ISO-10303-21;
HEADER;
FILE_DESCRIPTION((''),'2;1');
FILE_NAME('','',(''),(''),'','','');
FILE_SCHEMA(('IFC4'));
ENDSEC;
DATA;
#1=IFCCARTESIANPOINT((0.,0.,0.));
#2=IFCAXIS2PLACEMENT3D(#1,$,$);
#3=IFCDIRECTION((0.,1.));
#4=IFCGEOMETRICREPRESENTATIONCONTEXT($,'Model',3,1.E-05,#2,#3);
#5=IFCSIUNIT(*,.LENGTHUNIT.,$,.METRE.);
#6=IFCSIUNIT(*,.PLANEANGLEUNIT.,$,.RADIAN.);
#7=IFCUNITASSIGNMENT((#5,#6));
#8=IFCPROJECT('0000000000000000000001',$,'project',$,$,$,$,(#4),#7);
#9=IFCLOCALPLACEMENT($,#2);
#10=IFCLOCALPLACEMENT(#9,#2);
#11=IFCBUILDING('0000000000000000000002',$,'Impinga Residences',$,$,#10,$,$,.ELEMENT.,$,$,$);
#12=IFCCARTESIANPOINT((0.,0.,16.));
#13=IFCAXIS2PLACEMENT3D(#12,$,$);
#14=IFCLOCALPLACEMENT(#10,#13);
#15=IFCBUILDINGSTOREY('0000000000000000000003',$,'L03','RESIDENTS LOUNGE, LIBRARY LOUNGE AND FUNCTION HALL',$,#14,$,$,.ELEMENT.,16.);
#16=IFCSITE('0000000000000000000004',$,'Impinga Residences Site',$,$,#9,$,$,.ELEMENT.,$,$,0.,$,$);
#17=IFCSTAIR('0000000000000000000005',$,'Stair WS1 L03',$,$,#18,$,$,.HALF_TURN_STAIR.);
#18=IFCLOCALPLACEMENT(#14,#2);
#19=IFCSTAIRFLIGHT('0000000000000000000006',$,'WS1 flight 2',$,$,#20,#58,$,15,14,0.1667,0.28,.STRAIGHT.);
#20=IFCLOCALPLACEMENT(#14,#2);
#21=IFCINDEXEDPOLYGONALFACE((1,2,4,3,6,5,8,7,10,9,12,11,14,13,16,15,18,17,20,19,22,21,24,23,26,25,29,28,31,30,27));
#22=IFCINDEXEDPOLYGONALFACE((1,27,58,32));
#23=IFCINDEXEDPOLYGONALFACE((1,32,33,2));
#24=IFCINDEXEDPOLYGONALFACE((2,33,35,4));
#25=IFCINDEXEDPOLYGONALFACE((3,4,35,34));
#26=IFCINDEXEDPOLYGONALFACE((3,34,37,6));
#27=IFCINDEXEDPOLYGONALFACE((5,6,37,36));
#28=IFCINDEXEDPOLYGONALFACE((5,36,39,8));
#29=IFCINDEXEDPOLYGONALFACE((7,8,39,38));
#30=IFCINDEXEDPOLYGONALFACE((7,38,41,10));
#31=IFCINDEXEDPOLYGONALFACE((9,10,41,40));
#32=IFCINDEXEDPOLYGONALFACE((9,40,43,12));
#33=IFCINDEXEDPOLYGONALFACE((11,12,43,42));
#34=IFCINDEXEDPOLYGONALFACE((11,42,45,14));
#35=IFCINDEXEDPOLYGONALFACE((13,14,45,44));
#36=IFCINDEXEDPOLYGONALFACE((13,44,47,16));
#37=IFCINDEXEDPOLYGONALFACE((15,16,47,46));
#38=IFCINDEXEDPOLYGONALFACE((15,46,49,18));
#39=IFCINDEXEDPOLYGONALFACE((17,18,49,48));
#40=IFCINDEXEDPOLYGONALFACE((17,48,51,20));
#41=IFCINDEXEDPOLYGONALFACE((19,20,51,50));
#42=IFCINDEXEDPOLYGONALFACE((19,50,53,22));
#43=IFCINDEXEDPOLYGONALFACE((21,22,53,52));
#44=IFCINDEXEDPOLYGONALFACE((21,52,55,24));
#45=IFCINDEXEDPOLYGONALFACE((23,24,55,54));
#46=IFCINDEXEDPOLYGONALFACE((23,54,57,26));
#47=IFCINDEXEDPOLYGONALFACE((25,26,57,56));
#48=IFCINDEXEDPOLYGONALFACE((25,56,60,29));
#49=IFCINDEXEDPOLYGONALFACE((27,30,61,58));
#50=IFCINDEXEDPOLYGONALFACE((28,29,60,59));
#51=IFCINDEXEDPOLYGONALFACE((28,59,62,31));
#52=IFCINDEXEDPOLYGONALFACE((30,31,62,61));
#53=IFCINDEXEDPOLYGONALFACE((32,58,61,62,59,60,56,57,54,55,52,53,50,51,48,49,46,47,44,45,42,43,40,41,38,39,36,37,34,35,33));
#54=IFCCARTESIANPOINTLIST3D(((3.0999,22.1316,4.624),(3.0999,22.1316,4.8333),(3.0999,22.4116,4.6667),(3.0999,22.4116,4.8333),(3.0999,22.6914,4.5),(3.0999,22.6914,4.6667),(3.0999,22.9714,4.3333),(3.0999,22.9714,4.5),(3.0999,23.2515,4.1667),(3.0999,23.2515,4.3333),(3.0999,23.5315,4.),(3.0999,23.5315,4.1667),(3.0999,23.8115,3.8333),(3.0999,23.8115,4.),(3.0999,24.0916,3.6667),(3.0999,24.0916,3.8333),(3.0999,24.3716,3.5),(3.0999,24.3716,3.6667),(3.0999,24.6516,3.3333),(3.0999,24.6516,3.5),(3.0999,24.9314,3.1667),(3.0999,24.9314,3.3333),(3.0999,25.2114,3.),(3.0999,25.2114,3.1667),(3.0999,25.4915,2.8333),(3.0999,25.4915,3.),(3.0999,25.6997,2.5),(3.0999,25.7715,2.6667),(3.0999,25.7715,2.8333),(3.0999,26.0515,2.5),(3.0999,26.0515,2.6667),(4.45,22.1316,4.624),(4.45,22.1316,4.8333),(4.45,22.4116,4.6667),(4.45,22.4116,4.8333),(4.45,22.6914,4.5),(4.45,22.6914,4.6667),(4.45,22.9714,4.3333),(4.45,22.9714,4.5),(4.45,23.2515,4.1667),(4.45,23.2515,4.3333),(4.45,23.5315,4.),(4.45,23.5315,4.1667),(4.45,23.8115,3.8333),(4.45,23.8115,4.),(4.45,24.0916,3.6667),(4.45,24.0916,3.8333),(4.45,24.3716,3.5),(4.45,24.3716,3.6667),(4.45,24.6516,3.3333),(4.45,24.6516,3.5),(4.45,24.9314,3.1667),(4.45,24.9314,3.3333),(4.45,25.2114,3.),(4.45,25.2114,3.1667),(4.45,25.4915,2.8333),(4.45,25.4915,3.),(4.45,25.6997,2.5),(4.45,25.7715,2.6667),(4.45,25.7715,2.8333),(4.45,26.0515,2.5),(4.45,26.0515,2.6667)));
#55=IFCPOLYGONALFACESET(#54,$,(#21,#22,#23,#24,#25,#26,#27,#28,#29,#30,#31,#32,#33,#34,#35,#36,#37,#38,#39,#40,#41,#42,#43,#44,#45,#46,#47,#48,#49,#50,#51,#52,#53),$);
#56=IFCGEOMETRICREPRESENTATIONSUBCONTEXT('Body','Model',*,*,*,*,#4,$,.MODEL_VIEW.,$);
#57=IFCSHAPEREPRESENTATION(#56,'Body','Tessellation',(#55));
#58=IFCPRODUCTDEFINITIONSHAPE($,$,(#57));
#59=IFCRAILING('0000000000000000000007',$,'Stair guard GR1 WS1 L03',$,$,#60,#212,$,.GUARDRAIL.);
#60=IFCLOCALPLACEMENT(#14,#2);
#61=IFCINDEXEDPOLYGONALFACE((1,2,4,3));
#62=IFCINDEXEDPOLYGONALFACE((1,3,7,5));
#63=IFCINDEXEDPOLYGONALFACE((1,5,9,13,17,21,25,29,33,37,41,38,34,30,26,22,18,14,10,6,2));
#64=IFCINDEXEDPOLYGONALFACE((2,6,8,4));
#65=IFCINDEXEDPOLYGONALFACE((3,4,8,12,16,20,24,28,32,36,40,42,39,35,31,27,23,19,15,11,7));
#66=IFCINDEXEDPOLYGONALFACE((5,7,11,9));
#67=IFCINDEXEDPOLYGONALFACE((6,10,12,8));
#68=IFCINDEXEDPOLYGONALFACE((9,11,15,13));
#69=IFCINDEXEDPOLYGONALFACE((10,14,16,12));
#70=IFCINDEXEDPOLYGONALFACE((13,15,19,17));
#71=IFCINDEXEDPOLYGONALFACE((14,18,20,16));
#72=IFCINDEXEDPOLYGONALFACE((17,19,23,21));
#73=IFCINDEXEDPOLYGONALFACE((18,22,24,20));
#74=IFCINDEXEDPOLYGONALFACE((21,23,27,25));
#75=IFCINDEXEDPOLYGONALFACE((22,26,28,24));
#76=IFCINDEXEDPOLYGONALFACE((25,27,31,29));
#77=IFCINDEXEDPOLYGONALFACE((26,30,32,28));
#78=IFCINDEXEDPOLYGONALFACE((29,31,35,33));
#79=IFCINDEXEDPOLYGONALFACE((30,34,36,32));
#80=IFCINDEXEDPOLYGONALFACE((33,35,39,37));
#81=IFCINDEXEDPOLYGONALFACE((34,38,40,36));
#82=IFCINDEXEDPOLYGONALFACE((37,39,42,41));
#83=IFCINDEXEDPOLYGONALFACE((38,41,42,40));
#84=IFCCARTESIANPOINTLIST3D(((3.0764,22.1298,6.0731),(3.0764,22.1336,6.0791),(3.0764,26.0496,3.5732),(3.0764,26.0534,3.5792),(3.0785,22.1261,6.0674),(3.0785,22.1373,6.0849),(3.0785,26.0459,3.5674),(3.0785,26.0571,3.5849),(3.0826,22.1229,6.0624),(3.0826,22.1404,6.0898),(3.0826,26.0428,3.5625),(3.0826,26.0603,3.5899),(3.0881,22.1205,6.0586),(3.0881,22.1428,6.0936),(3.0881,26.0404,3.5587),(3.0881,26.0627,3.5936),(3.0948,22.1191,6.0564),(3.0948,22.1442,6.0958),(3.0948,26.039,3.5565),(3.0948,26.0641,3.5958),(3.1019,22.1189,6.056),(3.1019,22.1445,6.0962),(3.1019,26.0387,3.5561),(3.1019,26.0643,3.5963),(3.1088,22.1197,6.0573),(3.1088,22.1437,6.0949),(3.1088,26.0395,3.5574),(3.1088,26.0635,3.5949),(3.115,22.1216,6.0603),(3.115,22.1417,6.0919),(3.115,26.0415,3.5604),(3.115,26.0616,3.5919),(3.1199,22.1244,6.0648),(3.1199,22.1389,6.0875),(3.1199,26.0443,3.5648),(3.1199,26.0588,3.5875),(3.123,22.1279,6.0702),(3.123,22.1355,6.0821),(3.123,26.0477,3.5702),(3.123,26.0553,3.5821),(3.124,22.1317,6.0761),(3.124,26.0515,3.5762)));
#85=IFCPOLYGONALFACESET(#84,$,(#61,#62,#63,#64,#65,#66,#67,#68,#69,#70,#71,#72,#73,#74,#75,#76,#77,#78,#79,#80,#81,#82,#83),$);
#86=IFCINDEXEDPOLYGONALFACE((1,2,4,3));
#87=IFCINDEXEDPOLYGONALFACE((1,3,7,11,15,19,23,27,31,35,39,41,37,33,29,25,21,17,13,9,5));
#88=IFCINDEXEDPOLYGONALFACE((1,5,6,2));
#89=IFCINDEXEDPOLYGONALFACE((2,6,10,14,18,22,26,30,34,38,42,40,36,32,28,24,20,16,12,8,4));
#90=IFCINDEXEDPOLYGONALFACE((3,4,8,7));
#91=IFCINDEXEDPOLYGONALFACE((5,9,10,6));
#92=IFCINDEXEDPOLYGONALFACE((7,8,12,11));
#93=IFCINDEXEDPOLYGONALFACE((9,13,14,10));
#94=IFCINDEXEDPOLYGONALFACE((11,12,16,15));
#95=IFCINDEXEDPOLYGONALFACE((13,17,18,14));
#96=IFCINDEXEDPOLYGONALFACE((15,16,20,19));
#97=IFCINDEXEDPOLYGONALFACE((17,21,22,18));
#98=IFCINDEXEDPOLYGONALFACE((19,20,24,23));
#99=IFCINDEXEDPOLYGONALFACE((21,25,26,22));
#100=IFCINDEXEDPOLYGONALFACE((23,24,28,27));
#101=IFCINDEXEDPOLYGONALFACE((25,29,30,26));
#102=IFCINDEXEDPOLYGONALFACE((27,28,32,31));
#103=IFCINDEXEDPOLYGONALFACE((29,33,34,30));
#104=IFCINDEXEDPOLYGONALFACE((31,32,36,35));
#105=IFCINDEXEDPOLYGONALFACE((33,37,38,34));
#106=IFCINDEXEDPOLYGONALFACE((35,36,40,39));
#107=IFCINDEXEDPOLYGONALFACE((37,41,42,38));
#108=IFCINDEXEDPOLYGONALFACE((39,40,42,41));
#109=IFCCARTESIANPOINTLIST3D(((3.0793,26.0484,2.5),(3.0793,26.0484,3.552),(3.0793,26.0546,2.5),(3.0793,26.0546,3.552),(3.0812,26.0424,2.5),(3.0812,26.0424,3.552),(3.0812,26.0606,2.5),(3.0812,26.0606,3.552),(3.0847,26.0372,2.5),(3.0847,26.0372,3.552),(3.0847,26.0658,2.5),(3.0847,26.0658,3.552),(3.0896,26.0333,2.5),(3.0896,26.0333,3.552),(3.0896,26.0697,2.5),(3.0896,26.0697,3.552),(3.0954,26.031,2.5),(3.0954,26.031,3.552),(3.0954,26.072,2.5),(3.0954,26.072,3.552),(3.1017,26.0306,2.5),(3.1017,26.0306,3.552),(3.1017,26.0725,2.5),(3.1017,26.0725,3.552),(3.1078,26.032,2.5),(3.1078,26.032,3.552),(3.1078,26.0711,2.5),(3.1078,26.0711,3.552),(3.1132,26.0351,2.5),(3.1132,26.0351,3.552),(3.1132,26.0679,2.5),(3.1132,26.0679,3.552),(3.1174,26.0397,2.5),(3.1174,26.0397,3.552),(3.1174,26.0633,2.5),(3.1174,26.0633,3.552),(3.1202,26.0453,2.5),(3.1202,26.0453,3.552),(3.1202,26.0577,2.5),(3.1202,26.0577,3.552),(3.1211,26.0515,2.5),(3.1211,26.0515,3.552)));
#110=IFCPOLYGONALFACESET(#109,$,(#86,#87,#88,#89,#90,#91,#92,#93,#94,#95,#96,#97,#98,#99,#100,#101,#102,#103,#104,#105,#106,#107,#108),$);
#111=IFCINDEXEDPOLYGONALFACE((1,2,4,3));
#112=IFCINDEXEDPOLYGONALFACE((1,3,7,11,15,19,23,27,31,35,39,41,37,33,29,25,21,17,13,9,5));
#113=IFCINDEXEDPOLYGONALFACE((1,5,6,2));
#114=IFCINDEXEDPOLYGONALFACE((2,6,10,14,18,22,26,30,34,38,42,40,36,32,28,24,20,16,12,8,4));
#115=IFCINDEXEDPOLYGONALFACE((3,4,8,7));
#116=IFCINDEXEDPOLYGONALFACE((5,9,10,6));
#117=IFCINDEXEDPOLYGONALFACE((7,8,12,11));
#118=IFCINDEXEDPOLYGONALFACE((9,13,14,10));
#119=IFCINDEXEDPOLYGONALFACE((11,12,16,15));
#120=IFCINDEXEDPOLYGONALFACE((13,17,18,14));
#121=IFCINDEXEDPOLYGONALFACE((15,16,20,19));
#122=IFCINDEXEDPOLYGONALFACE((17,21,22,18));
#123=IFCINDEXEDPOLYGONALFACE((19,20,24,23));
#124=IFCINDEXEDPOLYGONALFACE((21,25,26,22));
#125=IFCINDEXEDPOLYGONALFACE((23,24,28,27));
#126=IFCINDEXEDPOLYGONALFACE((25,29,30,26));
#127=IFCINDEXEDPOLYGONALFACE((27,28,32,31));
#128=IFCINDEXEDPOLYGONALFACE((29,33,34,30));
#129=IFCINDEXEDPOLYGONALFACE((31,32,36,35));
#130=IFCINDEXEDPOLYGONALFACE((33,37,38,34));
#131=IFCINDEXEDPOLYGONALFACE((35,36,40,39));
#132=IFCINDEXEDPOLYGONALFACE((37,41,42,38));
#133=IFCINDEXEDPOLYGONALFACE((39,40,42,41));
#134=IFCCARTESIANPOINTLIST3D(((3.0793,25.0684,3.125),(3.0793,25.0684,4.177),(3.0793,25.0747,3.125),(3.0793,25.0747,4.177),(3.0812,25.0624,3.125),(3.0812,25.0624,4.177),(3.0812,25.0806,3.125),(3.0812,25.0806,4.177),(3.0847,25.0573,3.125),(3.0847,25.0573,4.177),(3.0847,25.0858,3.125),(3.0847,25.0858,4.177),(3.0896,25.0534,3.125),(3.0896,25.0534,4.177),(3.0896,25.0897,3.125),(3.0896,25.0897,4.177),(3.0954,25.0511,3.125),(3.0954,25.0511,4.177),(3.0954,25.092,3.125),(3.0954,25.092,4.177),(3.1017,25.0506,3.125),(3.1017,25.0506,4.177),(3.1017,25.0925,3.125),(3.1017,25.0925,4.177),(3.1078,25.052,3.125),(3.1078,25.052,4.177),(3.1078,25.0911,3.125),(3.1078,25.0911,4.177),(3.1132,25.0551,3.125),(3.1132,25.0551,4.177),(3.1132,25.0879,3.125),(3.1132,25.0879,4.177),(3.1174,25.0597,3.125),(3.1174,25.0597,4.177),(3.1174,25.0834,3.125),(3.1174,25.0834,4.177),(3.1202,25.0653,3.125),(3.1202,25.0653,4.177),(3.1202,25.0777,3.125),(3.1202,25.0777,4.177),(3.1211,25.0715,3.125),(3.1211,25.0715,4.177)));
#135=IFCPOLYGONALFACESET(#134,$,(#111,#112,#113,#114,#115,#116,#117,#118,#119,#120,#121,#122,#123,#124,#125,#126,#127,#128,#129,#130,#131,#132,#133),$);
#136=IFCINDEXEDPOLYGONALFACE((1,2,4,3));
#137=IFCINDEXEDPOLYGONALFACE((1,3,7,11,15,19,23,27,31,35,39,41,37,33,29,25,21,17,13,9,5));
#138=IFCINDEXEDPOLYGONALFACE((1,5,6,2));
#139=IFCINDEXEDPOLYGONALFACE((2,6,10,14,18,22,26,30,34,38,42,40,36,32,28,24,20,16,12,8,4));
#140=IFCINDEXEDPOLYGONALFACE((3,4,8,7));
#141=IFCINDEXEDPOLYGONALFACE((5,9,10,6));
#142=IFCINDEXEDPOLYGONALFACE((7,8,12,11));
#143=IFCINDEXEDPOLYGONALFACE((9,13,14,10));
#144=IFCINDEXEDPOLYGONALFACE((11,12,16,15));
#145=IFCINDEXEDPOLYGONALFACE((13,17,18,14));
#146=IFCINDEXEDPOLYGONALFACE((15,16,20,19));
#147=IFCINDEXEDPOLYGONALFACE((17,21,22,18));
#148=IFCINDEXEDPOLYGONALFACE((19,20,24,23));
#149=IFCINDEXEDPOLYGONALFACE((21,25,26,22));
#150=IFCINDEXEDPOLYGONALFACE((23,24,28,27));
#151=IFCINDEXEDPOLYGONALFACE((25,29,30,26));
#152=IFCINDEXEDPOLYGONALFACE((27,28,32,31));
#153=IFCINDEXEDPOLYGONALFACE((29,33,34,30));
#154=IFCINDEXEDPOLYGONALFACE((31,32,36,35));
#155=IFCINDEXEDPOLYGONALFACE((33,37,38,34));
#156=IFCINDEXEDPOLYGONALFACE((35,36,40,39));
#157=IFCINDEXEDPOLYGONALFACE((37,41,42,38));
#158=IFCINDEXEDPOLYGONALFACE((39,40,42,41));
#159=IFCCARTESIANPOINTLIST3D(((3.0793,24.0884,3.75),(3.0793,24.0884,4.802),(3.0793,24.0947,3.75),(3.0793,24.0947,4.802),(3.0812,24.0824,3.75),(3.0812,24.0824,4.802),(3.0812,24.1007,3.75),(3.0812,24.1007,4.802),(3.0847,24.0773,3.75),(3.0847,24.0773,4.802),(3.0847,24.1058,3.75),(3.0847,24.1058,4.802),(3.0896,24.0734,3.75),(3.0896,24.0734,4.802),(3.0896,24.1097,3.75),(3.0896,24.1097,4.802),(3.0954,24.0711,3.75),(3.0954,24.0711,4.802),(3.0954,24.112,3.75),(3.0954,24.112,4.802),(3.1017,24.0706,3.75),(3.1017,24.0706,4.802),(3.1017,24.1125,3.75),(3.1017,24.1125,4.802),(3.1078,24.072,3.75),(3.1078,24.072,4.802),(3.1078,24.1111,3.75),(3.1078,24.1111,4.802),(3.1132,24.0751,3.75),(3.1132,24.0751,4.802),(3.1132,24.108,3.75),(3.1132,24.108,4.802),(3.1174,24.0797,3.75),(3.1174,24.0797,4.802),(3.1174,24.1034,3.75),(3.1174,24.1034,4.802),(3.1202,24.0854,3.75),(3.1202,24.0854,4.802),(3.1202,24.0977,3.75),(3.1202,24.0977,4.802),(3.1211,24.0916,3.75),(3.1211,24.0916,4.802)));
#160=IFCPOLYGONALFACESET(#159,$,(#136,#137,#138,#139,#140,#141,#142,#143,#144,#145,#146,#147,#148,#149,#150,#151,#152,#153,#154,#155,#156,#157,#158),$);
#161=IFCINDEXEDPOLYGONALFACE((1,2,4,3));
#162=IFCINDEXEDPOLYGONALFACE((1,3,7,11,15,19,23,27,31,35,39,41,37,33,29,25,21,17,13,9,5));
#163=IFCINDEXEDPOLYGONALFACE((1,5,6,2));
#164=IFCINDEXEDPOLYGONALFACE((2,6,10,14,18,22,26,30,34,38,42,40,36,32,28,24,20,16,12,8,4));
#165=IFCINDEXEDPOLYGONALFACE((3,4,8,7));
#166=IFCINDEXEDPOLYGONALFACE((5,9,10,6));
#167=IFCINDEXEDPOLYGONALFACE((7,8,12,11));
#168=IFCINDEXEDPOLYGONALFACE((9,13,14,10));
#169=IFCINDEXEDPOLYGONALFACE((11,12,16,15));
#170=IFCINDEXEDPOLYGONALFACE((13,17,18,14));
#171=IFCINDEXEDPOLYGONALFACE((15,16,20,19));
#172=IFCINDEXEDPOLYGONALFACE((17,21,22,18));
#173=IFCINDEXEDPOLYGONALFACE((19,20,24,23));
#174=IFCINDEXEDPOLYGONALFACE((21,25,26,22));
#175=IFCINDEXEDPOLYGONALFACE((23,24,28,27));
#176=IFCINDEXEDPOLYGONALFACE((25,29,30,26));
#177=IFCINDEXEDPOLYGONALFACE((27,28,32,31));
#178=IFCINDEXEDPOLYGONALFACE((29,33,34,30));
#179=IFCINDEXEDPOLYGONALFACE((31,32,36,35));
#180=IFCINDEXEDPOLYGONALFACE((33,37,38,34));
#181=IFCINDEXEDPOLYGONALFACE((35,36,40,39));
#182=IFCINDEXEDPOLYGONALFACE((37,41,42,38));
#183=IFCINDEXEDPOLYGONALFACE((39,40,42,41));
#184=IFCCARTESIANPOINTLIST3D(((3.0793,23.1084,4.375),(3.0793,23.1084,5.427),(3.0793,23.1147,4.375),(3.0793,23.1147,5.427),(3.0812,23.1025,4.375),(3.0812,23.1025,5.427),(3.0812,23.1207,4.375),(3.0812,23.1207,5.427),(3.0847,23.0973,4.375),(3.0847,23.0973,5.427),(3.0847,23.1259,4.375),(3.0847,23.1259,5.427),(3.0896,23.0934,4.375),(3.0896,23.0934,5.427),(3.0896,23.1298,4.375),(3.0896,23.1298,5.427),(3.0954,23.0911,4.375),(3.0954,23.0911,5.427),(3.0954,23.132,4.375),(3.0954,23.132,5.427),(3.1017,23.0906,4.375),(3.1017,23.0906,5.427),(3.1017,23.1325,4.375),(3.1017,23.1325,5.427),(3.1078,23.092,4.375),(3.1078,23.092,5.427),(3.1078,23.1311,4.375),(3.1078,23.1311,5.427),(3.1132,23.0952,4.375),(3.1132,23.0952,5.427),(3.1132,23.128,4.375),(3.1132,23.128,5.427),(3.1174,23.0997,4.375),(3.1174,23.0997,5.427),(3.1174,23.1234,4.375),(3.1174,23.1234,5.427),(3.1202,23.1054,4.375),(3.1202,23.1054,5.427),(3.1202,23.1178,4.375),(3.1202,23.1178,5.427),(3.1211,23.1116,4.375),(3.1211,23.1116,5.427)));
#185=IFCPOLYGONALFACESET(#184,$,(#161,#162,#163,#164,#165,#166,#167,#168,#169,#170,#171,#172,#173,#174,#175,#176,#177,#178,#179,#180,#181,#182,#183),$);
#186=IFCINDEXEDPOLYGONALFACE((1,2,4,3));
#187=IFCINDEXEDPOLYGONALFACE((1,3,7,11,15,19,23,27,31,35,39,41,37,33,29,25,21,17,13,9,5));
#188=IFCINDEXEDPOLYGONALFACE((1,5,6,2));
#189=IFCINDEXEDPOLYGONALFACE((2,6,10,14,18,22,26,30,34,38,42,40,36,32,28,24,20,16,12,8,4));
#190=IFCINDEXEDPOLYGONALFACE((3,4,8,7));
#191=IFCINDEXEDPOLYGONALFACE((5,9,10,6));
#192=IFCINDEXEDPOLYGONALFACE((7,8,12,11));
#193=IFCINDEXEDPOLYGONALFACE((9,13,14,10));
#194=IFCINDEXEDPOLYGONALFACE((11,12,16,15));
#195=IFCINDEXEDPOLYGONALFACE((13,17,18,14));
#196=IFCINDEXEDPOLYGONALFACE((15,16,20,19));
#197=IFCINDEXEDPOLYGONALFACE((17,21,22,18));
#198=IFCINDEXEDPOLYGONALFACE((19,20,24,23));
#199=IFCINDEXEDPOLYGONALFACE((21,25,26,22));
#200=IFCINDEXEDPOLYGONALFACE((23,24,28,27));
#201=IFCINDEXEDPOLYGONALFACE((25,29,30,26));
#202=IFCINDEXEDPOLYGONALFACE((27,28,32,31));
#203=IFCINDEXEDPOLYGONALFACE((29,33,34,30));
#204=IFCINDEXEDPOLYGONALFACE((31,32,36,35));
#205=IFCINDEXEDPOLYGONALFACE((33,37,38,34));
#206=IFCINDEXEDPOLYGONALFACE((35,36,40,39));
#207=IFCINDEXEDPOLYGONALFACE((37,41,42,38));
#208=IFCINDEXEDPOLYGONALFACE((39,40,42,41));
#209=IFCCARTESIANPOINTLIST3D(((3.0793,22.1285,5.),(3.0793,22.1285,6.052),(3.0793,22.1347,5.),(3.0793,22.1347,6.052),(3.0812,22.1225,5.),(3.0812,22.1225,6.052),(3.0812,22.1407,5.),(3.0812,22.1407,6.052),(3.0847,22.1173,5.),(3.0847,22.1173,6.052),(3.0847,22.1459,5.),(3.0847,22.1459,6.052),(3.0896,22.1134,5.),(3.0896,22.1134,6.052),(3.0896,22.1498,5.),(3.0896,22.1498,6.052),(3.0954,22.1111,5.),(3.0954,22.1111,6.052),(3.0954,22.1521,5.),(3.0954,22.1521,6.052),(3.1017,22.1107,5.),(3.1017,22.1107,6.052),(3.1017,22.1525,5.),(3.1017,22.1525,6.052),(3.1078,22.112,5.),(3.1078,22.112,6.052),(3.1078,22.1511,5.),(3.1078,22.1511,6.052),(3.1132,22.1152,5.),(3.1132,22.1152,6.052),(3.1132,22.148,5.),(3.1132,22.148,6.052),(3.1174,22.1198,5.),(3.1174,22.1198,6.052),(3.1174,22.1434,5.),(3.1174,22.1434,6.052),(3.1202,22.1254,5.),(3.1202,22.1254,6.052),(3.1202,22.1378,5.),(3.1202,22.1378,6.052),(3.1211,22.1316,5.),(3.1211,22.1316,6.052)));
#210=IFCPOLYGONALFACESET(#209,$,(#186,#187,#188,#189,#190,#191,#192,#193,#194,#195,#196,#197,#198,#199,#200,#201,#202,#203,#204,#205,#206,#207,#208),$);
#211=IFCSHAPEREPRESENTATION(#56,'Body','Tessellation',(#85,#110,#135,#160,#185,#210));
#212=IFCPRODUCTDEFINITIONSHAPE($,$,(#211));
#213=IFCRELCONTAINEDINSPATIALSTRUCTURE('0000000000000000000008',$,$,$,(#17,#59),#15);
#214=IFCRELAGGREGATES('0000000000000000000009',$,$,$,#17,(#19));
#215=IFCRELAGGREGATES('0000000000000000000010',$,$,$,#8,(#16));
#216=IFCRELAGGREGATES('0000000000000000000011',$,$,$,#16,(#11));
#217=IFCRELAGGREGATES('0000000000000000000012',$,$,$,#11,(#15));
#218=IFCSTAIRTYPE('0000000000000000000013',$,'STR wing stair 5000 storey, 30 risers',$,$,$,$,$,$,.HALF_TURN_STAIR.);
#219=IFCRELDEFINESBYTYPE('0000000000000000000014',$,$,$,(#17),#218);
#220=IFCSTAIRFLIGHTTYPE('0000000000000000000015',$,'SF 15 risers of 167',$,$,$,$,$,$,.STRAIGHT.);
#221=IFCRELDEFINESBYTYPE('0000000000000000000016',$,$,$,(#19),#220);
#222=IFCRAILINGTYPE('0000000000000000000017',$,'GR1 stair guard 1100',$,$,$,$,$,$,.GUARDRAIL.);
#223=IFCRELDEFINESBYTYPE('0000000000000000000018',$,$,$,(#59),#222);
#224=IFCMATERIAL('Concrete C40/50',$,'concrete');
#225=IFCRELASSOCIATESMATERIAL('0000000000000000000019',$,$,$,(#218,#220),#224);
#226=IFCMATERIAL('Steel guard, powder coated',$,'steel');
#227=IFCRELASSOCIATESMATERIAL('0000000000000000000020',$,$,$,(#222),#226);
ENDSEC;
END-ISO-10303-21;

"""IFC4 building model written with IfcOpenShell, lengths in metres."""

from ifc_helpers import new_model, si_unit, direction, frame, origin, origin_2d, place, context, subcontext, project, spatial, polyline, circle, outline, extrude, material, type_object, element, aggregate, save


model = new_model("IFC4")

# Units and contexts
model_context = context("Model", 3, precision=1e-05, world=origin(), true_north=direction((0.0, 1.0)))
body_context = subcontext(model_context, "Body", "Model", "MODEL_VIEW")
ifc_project = project(units=[si_unit("LENGTHUNIT", "METRE"), si_unit("PLANEANGLEUNIT", "RADIAN")], contexts=[model_context])

# Site, building, storey
site_placement = place(None, origin())
site = spatial("IfcSite", under=ifc_project, at=site_placement, Name="Impinga Residences Site", CompositionType="ELEMENT", RefElevation=0.0)
building_placement = place(site_placement, origin())
building = spatial("IfcBuilding", under=site, at=building_placement, Name="Impinga Residences", CompositionType="ELEMENT")
storey_placement = place(building_placement, frame((0.0, 0.0, 16.0)))
storey = spatial("IfcBuildingStorey", under=building, at=storey_placement, Name="L03", Description="RESIDENTS LOUNGE, LIBRARY LOUNGE AND FUNCTION HALL", CompositionType="ELEMENT", Elevation=16.0)

# Stair, stair flight
ifc_material_1 = material(Name="Concrete C40/50", Category="concrete")
stair_type = type_object("IfcStairType", Name="STR wing stair 5000 storey, 30 risers", PredefinedType="HALF_TURN_STAIR", material=ifc_material_1)
stair_placement = place(storey_placement, origin())
stair = element("IfcStair", 1, at=stair_placement, inside=storey, type_object=stair_type, Name="Stair WS1 L03", PredefinedType="HALF_TURN_STAIR")
stair_flight_type = type_object("IfcStairFlightType", Name="SF 15 risers of 167", PredefinedType="STRAIGHT", material=ifc_material_1)
stair_flight_placement = place(storey_placement, frame((3.7749, 26.0515, 2.5), z_axis=(0.0, 0.0, 1.0), x_axis=(0.0, -1.0, 0.0)))
stair_flight = element("IfcStairFlight", 2, at=stair_flight_placement, type_object=stair_flight_type, Name="WS1 flight 2", NumberOfRisers=15, NumberOfTreads=14, PredefinedType="STRAIGHT", RiserHeight=0.1667, TreadLength=0.28, context=body_context, shape_type="SweptSolid", body=[
    extrude(outline(polyline([(0.0, 0.0), (0.0, 0.1667), (0.28, 0.1667), (0.28, 0.3333), (0.5601, 0.3333), (0.5601, 0.5), (0.8401, 0.5), (0.8401, 0.6667), (1.1201, 0.6667), (1.1201, 0.8333), (1.3999, 0.8333), (1.3999, 1.0), (1.6799, 1.0), (1.6799, 1.1667), (1.96, 1.1667), (1.96, 1.3333), (2.24, 1.3333), (2.24, 1.5), (2.52, 1.5), (2.52, 1.6667), (2.8, 1.6667), (2.8, 1.8333), (3.0801, 1.8333), (3.0801, 2.0), (3.3601, 2.0), (3.3601, 2.1667), (3.6399, 2.1667), (3.6399, 2.3333), (3.9199, 2.3333), (3.9199, 2.5), (3.9199, 2.124), (0.3518, 0.0), (0.0, 0.0)])), frame((0.0, 0.675, 0.0), z_axis=(0.0, -1.0, 0.0), x_axis=(1.0, 0.0, 0.0)), (0.0, 0.0, 1.0), 1.3501),
])
aggregate(stair, [stair_flight])

# Railing
ifc_material_2 = material(Name="Steel guard, powder coated", Category="steel")
railing_type_1 = type_object("IfcRailingType", Name="GR1 stair guard 1100", PredefinedType="GUARDRAIL", material=ifc_material_2)
railing_1_placement = place(storey_placement, frame((3.1001, 26.0515, 2.5)))
element("IfcRailing", 3, at=railing_1_placement, inside=storey, type_object=railing_type_1, Name="Stair guard GR1 WS1 L03", PredefinedType="GUARDRAIL", context=body_context, shape_type="SweptSolid", body=[
    extrude(circle(Radius=0.0239, at=origin_2d()), frame((0.0, 0.0, 1.0762), z_axis=(0.0, -0.843125, 0.537718), x_axis=(1.0, 0.0, 0.0)), (0.0, 0.0, 1.0), 4.6492),
    extrude(circle(Radius=0.021, at=origin_2d()), origin(), (0.0, 0.0, 1.0), 1.052),
    extrude(circle(Radius=0.021, at=origin_2d()), frame((0.0, -0.98, 0.625)), (0.0, 0.0, 1.0), 1.052),
    extrude(circle(Radius=0.021, at=origin_2d()), frame((0.0, -1.96, 1.25)), (0.0, 0.0, 1.0), 1.052),
    extrude(circle(Radius=0.021, at=origin_2d()), frame((0.0, -2.9399, 1.875)), (0.0, 0.0, 1.0), 1.052),
    extrude(circle(Radius=0.021, at=origin_2d()), frame((0.0, -3.9199, 2.5)), (0.0, 0.0, 1.0), 1.052),
])

save(model, "model.ifc")
